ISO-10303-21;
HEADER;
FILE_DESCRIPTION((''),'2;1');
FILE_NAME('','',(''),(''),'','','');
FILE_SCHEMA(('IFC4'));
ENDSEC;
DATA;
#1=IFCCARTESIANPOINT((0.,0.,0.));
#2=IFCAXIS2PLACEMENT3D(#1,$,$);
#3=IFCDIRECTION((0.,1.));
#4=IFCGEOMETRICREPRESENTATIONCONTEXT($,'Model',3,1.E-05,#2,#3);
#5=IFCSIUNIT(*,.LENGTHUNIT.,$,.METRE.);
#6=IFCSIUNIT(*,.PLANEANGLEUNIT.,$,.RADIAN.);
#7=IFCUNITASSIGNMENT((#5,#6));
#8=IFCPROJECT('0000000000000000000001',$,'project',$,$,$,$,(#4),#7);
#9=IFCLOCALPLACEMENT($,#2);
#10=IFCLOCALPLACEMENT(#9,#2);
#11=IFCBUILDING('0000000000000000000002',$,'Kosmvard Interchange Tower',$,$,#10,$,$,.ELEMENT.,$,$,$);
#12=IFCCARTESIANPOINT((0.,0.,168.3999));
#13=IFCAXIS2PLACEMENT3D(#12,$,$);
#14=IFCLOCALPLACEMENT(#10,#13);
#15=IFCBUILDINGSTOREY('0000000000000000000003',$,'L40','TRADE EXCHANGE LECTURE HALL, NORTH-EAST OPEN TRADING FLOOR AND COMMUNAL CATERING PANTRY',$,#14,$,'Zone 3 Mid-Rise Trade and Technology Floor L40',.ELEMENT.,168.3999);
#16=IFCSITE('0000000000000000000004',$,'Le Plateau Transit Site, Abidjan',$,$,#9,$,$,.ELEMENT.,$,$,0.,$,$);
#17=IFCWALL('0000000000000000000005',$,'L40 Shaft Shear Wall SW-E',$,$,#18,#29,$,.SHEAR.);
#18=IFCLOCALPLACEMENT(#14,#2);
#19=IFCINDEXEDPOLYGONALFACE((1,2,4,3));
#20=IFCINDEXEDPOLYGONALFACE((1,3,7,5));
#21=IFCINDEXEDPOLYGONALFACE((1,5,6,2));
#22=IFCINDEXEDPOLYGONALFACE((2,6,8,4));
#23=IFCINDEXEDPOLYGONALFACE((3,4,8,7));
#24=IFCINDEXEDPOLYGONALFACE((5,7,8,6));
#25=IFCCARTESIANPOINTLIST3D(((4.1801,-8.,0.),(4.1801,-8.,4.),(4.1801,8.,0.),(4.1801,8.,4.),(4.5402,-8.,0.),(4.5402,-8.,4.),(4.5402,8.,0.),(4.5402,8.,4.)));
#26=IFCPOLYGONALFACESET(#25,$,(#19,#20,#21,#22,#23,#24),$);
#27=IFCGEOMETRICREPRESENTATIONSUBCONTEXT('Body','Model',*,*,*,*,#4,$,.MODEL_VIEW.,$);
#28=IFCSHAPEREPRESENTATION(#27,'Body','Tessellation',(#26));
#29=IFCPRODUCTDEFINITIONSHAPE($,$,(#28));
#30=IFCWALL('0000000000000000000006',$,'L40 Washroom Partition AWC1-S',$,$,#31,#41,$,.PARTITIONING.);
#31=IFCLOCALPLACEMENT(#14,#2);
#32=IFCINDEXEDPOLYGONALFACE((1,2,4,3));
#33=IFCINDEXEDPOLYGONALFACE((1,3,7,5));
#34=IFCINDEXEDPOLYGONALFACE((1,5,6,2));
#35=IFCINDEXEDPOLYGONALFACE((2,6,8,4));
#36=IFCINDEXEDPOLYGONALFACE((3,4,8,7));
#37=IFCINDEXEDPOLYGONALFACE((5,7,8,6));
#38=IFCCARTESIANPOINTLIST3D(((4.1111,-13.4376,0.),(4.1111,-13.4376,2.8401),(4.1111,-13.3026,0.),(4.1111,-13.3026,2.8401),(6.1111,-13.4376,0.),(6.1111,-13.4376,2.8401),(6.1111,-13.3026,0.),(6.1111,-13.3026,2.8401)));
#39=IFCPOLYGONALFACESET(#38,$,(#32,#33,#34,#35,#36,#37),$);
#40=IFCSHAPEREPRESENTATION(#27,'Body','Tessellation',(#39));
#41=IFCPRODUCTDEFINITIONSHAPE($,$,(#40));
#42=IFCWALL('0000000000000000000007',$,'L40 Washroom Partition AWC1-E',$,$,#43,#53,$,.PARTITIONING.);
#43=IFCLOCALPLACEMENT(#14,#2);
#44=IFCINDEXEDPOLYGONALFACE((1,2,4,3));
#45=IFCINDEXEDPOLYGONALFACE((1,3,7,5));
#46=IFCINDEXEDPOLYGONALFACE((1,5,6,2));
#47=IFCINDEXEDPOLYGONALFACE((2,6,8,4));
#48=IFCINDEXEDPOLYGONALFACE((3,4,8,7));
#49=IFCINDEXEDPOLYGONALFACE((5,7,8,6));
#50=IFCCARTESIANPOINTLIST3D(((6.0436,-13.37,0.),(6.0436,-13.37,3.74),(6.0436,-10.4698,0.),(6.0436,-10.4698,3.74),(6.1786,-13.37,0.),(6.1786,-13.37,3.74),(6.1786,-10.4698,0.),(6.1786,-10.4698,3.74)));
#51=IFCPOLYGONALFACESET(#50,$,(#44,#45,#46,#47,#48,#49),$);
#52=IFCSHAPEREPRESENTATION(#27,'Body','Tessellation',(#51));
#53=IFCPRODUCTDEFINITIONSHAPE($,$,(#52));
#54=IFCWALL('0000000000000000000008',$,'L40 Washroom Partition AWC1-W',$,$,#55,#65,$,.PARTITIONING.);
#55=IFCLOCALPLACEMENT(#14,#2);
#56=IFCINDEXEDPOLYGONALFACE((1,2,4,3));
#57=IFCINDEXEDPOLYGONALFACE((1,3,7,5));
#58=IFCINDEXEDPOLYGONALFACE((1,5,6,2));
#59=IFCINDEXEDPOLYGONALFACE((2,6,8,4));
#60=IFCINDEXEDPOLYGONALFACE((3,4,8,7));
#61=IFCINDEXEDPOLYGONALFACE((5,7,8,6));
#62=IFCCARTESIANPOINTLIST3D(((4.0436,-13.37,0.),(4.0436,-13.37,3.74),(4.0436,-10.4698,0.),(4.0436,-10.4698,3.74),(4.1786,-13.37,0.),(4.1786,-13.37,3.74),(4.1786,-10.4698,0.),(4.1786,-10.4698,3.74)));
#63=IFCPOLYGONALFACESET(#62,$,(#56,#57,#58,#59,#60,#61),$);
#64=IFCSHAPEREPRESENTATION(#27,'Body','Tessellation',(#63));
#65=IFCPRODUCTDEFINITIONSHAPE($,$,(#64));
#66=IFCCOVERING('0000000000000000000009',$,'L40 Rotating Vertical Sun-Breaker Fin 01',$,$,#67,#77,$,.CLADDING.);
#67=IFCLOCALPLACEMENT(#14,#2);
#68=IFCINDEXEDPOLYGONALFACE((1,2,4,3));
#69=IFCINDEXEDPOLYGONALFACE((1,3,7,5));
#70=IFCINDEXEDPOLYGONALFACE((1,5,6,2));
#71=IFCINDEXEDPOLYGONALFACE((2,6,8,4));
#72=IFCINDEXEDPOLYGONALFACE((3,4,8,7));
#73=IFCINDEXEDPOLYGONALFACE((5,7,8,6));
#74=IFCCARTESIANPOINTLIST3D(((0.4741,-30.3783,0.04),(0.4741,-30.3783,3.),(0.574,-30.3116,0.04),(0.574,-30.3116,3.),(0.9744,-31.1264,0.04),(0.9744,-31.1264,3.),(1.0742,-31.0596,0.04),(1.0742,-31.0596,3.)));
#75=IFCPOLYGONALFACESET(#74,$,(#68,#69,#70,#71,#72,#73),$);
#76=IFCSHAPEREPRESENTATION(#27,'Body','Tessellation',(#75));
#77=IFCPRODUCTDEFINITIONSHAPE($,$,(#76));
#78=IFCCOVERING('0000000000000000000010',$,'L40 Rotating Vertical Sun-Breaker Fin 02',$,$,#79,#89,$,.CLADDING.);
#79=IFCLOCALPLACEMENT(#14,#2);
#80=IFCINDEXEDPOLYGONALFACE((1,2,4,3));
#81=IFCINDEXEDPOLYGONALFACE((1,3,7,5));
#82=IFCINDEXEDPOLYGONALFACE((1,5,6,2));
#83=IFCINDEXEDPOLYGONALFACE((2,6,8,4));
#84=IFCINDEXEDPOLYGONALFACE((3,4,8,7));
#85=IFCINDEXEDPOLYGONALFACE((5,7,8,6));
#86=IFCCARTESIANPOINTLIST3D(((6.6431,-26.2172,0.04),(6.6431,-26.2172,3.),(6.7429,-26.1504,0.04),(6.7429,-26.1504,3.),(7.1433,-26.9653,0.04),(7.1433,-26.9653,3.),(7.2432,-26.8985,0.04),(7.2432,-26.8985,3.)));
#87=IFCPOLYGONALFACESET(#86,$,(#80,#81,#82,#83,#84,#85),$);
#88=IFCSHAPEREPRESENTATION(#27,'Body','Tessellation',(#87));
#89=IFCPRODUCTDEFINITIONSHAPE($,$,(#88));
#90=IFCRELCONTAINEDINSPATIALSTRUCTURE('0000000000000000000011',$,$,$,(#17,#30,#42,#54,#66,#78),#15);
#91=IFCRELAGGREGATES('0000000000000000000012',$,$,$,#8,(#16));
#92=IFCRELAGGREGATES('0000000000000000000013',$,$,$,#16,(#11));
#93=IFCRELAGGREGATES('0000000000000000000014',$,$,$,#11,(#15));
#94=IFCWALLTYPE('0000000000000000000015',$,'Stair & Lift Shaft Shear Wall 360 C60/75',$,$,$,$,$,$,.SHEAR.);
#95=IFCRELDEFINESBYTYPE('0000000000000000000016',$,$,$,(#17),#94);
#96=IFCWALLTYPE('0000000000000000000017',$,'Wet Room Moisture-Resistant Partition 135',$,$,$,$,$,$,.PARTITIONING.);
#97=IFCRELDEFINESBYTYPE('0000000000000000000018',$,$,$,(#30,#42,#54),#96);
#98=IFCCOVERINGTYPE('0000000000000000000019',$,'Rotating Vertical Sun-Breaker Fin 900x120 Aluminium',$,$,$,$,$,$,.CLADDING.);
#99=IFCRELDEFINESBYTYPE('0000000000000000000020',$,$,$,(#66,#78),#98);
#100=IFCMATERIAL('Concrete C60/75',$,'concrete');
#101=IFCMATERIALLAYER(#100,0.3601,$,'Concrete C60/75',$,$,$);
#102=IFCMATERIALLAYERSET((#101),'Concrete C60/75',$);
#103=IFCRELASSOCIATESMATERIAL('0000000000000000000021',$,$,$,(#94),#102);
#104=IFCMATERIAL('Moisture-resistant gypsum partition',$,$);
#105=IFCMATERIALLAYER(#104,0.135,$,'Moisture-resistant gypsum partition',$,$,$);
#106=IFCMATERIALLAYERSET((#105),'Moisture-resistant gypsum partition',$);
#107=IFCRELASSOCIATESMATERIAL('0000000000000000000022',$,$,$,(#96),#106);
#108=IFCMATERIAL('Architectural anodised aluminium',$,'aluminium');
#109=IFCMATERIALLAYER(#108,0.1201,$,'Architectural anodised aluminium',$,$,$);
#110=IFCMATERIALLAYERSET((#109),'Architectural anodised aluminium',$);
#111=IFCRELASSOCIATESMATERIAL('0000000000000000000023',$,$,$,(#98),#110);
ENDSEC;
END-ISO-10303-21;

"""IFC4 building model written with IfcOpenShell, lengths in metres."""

from ifc_helpers import new_model, si_unit, direction, frame, frame_2d, origin, origin_2d, place, context, subcontext, project, spatial, rectangle, extrude, source, transform, mapped, material, layer, layer_set, type_object, element, save


model = new_model("IFC4")

# Units and contexts
model_context = context("Model", 3, precision=1e-05, world=origin(), true_north=direction((0.0, 1.0)))
body_context = subcontext(model_context, "Body", "Model", "MODEL_VIEW")
ifc_project = project(units=[si_unit("LENGTHUNIT", "METRE"), si_unit("PLANEANGLEUNIT", "RADIAN")], contexts=[model_context])

# Site, building, storey
site_placement = place(None, origin())
site = spatial("IfcSite", under=ifc_project, at=site_placement, Name="Le Plateau Transit Site, Abidjan", CompositionType="ELEMENT", RefElevation=0.0)
building_placement = place(site_placement, origin())
building = spatial("IfcBuilding", under=site, at=building_placement, Name="Kosmvard Interchange Tower", CompositionType="ELEMENT")
storey_placement = place(building_placement, frame((0.0, 0.0, 168.3999)))
storey = spatial("IfcBuildingStorey", under=building, at=storey_placement, Name="L40", Description="TRADE EXCHANGE LECTURE HALL, NORTH-EAST OPEN TRADING FLOOR AND COMMUNAL CATERING PANTRY", LongName="Zone 3 Mid-Rise Trade and Technology Floor L40", CompositionType="ELEMENT", Elevation=168.3999)

# Shared definitions
ifc_material_1 = material(Name="Concrete C60/75", Category="concrete")

# Walls
ifc_layer_1 = layer(ifc_material_1, 0.3601, Name="Concrete C60/75")
ifc_layer_set_1 = layer_set([ifc_layer_1], Name="Concrete C60/75")
wall_type_1 = type_object("IfcWallType", Name="Stair & Lift Shaft Shear Wall 360 C60/75", PredefinedType="SHEAR", material=ifc_layer_set_1)
wall_1_placement = place(storey_placement, frame((4.3601, -8.0, 0.0), z_axis=(0.0, 0.0, 1.0), x_axis=(0.0, 1.0, 0.0)))
element("IfcWall", 1, at=wall_1_placement, inside=storey, type_object=wall_type_1, Name="L40 Shaft Shear Wall SW-E", PredefinedType="SHEAR", context=body_context, shape_type="SweptSolid", body=[
    extrude(rectangle(XDim=16.0, YDim=0.3601, at=frame_2d((8.0, 0.0))), origin(), (0.0, 0.0, 1.0), 4.0),
])
ifc_material_2 = material(Name="Moisture-resistant gypsum partition")
ifc_layer_2 = layer(ifc_material_2, 0.135, Name="Moisture-resistant gypsum partition")
ifc_layer_set_2 = layer_set([ifc_layer_2], Name="Moisture-resistant gypsum partition")
wall_type_2 = type_object("IfcWallType", Name="Wet Room Moisture-Resistant Partition 135", PredefinedType="PARTITIONING", material=ifc_layer_set_2)
wall_2_placement = place(storey_placement, frame((4.1111, -13.3701, 0.0), z_axis=(0.0, 0.0, 1.0), x_axis=(1.0, 0.0, 0.0)))
element("IfcWall", 2, at=wall_2_placement, inside=storey, type_object=wall_type_2, Name="L40 Washroom Partition AWC1-S", PredefinedType="PARTITIONING", context=body_context, shape_type="SweptSolid", body=[
    extrude(rectangle(XDim=2.0, YDim=0.135, at=frame_2d((1.0, 0.0))), origin(), (0.0, 0.0, 1.0), 2.8401),
])
for number, where, z_axis, x_axis, name in (
    (3, (6.1111, -13.3701, 0.0), (0.0, 0.0, 1.0), (0.0, 1.0, 0.0), "L40 Washroom Partition AWC1-E"),
    (4, (4.1111, -13.3701, 0.0), (0.0, 0.0, 1.0), (0.0, 1.0, 0.0), "L40 Washroom Partition AWC1-W"),
):
    element("IfcWall", number, at=place(storey_placement, frame(where, z_axis=z_axis, x_axis=x_axis)), inside=storey, type_object=wall_type_2, Name=name, PredefinedType="PARTITIONING", context=body_context, shape_type="SweptSolid", body=[
        extrude(rectangle(XDim=2.9001, YDim=0.135, at=frame_2d((1.4502, 0.0))), origin(), (0.0, 0.0, 1.0), 3.74),
    ])

# Coverings
ifc_material_3 = material(Name="Architectural anodised aluminium", Category="aluminium")
ifc_layer_3 = layer(ifc_material_3, 0.1201, Name="Architectural anodised aluminium")
ifc_layer_set_3 = layer_set([ifc_layer_3], Name="Architectural anodised aluminium")
covering_type = type_object("IfcCoveringType", Name="Rotating Vertical Sun-Breaker Fin 900x120 Aluminium", PredefinedType="CLADDING", material=ifc_layer_set_3)
shared_shape_1 = source(origin(), body_context, "Body", "SweptSolid", [
    extrude(rectangle(XDim=0.8999, YDim=0.1201, at=origin_2d()), origin(), (0.0, 0.0, 1.0), 2.96),
])
for number, where, z_axis, x_axis, name in (
    (5, (0.7742, -30.719, 0.04), (0.0, 0.0, 1.0), (0.55586, -0.831276, 0.0), "L40 Rotating Vertical Sun-Breaker Fin 01"),
    (6, (6.9431, -26.5579, 0.04), (0.0, 0.0, 1.0), (0.55586, -0.831276, 0.0), "L40 Rotating Vertical Sun-Breaker Fin 02"),
):
    element("IfcCovering", number, at=place(storey_placement, frame(where, z_axis=z_axis, x_axis=x_axis)), inside=storey, type_object=covering_type, Name=name, PredefinedType="CLADDING", context=body_context, shape_type="MappedRepresentation", body=[
        mapped(shared_shape_1, transform((0.0, 0.0, 0.0), scale=1.0)),
    ])

save(model, "model.ifc")
